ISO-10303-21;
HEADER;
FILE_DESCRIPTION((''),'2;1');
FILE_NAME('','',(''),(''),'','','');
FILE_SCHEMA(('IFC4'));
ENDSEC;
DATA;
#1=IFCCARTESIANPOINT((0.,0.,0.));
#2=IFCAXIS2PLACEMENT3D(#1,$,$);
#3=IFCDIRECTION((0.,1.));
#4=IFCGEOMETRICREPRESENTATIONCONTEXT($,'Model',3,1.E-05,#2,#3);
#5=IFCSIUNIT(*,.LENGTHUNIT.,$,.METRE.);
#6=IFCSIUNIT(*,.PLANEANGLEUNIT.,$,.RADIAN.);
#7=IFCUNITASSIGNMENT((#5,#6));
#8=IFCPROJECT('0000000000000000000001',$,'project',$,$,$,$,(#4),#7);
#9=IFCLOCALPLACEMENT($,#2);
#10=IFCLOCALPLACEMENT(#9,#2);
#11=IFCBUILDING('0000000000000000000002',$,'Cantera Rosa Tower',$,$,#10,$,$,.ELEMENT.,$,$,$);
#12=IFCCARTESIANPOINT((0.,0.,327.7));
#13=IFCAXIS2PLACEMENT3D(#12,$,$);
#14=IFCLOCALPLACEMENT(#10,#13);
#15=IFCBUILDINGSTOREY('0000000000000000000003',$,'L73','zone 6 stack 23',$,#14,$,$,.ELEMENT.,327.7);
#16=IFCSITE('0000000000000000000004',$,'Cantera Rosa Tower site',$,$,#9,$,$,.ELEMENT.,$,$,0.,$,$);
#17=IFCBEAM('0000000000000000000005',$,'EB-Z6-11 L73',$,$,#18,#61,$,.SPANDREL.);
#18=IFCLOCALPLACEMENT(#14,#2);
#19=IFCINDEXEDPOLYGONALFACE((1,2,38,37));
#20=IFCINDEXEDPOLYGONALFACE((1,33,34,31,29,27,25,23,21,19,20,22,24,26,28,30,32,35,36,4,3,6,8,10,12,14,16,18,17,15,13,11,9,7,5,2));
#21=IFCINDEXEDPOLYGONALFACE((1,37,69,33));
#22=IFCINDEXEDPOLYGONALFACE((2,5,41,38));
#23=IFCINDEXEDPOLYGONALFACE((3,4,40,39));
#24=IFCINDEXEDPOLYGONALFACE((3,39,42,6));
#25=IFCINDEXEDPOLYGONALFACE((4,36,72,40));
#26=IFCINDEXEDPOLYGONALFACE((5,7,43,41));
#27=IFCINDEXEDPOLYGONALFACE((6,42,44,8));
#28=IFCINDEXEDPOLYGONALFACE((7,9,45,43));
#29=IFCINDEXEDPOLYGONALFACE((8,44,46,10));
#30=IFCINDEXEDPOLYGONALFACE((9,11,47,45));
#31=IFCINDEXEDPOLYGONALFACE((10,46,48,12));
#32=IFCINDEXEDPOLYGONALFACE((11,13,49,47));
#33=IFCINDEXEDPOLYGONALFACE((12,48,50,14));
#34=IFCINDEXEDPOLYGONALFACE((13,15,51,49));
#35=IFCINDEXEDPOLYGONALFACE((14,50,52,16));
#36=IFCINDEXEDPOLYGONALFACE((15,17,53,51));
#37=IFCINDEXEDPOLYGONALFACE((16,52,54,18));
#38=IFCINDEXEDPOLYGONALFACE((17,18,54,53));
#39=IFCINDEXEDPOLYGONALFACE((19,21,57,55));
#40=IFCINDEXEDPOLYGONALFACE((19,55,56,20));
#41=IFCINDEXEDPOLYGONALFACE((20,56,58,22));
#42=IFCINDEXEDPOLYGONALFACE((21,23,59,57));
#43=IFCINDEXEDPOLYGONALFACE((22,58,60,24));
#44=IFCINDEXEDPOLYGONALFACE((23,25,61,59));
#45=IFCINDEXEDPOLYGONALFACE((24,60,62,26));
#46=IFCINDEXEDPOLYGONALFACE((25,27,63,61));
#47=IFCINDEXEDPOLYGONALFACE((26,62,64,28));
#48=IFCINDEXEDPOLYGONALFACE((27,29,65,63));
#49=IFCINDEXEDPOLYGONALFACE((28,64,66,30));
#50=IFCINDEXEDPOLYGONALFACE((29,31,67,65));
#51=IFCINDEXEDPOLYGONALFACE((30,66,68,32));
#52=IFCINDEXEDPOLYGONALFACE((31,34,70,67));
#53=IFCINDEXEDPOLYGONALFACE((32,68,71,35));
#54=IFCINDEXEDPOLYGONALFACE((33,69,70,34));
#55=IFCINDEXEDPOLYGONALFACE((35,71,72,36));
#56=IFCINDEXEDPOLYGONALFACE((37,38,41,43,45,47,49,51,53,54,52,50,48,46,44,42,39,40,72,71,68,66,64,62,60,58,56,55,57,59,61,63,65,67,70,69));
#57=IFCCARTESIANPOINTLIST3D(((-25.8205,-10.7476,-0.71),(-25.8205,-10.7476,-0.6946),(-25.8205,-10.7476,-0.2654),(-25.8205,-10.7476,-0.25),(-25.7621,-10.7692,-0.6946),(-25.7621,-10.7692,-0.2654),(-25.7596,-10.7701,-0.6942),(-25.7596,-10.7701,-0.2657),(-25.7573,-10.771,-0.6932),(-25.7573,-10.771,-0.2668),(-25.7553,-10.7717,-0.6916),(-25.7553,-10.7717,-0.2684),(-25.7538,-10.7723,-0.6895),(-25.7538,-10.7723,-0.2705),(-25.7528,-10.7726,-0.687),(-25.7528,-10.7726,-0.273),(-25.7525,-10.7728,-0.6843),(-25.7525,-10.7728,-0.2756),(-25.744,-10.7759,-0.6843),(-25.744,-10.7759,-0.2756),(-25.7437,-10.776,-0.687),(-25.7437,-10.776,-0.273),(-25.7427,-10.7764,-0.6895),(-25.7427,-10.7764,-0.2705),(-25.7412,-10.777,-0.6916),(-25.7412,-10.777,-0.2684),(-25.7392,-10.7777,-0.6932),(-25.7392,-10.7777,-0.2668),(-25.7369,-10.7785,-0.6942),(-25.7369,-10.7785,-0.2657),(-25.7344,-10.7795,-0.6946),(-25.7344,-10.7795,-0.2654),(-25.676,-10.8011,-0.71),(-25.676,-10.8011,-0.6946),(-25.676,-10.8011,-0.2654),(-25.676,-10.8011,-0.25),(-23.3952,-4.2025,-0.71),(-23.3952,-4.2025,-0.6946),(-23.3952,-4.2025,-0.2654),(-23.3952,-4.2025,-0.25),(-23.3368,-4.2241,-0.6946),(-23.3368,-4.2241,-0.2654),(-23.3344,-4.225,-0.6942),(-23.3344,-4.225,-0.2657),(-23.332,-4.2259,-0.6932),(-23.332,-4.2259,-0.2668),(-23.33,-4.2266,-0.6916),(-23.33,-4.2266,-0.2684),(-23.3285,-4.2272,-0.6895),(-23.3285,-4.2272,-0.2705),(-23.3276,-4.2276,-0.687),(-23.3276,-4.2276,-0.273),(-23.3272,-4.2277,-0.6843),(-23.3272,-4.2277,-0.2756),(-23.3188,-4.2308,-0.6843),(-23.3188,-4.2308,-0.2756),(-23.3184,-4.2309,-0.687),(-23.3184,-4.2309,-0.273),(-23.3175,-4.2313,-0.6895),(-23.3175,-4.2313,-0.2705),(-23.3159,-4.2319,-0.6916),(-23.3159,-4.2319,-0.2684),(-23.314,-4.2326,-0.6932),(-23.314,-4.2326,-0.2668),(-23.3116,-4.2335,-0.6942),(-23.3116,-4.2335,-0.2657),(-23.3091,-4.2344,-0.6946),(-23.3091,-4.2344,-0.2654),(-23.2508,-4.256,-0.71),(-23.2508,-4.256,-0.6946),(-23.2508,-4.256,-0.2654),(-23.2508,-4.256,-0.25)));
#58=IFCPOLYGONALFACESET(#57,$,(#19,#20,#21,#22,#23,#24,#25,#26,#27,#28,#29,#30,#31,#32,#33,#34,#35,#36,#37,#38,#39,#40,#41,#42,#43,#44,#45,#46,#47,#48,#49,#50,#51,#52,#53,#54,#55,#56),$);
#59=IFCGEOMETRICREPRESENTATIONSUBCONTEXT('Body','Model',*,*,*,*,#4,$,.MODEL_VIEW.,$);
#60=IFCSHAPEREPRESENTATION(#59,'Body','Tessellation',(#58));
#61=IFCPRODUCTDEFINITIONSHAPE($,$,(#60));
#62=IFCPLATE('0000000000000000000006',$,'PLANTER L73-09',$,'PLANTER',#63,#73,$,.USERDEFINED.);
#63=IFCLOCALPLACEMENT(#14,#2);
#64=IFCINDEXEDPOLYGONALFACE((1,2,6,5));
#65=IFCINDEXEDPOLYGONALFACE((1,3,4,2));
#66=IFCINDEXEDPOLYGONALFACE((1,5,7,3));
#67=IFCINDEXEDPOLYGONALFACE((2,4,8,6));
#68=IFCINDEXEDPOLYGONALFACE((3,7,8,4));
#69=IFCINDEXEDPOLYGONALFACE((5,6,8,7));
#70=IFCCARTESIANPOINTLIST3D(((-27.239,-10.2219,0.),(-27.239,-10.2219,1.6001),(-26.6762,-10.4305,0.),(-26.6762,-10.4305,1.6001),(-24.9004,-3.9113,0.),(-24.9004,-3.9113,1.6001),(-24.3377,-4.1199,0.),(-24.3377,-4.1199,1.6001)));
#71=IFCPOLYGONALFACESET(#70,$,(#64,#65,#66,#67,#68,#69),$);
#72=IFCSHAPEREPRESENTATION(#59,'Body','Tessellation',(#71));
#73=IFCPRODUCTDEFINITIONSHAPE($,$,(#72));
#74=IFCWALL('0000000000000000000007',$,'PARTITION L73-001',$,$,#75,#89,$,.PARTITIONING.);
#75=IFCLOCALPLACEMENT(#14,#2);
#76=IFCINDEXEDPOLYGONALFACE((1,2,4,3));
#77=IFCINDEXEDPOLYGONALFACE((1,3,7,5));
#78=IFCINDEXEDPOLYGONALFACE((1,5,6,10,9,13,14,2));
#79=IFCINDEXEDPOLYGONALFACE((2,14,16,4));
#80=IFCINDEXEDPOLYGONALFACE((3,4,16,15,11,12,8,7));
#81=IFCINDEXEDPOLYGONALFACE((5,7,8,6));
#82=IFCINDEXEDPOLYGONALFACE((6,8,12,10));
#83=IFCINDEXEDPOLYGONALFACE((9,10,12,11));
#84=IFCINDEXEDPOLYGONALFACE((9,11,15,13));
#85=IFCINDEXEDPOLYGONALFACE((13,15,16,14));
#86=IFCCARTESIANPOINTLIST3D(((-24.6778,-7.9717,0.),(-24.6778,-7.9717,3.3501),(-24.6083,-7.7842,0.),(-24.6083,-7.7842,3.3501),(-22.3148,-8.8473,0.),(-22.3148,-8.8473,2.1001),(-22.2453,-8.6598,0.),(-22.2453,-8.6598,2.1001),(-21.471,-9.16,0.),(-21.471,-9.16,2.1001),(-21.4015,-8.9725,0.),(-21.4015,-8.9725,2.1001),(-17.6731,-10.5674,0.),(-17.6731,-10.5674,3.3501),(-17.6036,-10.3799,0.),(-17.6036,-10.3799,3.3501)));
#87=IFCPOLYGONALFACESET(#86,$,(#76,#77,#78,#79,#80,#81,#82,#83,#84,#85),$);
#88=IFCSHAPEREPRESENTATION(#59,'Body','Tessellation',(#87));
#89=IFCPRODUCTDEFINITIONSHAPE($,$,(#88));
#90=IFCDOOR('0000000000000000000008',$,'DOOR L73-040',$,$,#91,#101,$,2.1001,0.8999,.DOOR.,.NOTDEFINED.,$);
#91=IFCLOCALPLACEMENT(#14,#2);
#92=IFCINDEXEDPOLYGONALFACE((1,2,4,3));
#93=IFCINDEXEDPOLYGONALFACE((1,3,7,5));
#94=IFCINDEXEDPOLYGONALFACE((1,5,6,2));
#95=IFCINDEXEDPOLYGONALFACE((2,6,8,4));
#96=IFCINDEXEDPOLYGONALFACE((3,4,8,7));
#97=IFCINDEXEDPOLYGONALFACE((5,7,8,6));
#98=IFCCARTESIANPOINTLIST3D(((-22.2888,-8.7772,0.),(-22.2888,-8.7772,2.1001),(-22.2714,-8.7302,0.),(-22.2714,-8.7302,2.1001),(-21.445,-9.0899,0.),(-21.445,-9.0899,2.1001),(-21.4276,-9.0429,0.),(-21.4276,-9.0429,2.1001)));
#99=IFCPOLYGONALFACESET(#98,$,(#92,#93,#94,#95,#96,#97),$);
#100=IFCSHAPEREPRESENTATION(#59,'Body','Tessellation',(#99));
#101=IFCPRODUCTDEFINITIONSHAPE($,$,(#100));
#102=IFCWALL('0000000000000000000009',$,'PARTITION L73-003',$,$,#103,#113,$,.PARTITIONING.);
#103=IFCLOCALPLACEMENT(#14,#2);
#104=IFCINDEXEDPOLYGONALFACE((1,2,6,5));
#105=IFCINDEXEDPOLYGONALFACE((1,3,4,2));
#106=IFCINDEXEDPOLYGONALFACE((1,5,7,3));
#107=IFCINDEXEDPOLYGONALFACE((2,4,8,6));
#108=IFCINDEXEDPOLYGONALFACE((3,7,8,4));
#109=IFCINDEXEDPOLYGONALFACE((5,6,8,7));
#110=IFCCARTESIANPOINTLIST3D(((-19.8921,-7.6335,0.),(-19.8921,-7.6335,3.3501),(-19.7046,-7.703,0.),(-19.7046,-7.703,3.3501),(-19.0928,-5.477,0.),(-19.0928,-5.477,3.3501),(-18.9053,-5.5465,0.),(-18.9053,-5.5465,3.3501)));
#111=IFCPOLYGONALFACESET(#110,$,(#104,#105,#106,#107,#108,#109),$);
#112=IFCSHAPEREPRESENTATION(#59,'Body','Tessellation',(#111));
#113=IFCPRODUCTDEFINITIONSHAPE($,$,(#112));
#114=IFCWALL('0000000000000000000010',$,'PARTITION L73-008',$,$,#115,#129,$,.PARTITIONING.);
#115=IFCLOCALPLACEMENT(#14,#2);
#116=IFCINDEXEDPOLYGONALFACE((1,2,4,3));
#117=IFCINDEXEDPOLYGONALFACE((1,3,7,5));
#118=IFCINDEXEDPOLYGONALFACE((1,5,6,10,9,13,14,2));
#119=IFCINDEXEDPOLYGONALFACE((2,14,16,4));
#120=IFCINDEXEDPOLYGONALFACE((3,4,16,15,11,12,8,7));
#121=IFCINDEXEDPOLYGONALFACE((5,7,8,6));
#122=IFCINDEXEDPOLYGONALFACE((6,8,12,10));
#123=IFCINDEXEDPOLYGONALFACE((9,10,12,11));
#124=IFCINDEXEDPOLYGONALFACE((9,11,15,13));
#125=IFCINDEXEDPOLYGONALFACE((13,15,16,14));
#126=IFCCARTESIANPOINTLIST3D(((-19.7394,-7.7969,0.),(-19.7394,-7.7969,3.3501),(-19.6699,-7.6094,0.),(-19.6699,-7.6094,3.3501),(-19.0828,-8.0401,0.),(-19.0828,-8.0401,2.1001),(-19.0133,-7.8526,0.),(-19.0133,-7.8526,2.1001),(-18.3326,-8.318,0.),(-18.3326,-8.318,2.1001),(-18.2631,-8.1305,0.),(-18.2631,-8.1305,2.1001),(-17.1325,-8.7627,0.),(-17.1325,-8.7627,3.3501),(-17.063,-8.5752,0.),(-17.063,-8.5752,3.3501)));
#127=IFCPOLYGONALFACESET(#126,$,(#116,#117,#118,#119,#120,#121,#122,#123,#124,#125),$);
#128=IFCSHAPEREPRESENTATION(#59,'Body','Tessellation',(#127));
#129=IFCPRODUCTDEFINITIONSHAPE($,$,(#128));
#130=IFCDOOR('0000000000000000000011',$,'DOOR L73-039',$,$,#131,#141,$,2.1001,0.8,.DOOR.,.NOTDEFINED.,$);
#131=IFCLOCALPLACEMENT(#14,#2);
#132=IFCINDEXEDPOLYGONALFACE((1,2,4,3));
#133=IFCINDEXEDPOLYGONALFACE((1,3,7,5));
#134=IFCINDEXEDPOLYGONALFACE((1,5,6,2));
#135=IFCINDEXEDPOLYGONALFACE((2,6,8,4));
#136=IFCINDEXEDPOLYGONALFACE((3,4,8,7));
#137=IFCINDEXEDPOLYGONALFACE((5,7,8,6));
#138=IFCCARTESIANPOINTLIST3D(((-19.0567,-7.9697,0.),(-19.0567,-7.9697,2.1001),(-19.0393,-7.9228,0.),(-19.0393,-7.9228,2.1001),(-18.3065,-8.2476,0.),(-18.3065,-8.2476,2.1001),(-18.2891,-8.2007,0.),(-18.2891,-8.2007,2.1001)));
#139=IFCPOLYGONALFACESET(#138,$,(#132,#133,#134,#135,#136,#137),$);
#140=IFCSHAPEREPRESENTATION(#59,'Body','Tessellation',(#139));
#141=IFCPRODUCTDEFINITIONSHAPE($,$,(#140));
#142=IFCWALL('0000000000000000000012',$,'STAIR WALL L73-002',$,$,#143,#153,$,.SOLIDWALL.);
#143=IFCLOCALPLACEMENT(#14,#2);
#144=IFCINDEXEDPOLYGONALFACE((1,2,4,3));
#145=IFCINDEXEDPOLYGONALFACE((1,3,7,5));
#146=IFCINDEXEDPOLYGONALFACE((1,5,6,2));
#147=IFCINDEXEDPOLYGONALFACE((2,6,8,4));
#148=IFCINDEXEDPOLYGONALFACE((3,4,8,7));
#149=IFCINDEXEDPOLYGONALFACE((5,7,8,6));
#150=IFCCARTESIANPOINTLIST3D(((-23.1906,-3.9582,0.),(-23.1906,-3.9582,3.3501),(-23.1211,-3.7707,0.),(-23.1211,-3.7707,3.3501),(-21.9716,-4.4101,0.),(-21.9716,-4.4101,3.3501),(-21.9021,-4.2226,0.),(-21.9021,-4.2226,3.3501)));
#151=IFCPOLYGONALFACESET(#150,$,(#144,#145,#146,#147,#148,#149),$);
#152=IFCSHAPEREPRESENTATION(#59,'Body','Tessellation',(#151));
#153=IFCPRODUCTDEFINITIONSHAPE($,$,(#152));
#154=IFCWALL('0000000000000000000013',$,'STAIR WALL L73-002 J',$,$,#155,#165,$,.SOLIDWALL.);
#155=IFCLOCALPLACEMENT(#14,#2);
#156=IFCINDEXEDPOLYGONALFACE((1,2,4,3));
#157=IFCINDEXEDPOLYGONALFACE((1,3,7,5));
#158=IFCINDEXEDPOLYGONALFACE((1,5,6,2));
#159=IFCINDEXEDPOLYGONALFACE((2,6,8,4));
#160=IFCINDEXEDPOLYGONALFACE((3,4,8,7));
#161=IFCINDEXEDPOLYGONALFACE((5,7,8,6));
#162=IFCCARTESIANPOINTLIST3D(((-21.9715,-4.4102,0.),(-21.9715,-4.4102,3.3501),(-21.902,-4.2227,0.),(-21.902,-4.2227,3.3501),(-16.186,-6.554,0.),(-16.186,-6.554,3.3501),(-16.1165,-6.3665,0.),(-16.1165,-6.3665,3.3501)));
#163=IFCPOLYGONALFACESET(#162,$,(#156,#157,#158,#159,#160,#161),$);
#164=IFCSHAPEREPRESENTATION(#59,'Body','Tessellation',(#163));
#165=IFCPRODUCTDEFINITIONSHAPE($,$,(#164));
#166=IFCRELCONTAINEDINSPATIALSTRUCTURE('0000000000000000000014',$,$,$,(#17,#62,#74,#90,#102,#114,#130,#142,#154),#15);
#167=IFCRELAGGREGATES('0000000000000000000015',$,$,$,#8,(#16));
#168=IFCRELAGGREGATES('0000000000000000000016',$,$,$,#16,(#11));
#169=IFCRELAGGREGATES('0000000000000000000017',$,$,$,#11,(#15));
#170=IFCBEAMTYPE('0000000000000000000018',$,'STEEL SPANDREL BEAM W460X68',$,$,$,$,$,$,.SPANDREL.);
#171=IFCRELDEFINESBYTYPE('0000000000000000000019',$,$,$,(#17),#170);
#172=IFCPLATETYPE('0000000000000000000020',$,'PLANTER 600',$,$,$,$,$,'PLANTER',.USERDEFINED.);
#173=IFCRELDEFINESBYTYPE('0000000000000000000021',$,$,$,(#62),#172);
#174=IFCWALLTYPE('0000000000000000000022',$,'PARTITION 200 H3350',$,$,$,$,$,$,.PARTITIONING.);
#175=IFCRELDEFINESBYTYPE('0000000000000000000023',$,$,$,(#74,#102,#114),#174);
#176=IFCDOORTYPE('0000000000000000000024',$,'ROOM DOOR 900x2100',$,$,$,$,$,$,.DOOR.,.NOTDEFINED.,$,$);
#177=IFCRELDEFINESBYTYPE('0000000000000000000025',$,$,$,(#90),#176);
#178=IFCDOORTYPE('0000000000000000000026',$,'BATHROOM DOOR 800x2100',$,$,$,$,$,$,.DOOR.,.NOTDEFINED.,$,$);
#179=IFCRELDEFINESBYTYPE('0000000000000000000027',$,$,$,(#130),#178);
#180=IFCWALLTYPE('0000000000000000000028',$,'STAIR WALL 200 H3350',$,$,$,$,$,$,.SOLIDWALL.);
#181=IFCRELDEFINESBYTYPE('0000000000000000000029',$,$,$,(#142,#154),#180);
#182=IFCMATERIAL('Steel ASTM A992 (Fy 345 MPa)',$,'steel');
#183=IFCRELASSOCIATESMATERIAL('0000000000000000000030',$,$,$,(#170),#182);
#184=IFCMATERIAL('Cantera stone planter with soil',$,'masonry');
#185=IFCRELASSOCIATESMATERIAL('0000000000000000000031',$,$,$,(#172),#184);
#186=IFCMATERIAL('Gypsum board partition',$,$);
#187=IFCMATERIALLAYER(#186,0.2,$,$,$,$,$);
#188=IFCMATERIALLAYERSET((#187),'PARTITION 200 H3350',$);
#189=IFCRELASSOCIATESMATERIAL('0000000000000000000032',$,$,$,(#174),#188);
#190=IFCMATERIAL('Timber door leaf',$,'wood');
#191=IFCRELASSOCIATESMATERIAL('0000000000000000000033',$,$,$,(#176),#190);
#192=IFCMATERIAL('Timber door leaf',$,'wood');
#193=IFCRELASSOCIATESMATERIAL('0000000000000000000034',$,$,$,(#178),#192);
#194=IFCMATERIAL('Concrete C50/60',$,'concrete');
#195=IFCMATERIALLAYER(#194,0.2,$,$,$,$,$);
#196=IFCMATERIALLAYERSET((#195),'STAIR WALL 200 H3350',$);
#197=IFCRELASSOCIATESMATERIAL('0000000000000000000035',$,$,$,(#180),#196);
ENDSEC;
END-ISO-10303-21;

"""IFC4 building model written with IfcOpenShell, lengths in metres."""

from ifc_helpers import new_model, si_unit, direction, frame, frame_2d, origin, origin_2d, place, context, subcontext, project, spatial, rectangle, i_section, extrude, material, layer, layer_set, material_profile, profile_set, type_object, element, fill, save


model = new_model("IFC4")

# Units and contexts
model_context = context("Model", 3, precision=1e-05, world=origin(), true_north=direction((0.0, 1.0)))
body_context = subcontext(model_context, "Body", "Model", "MODEL_VIEW")
ifc_project = project(units=[si_unit("LENGTHUNIT", "METRE"), si_unit("PLANEANGLEUNIT", "RADIAN")], contexts=[model_context])

# Site, building, storey
site_placement = place(None, origin())
site = spatial("IfcSite", under=ifc_project, at=site_placement, Name="Cantera Rosa Tower site", CompositionType="ELEMENT", RefElevation=0.0)
building_placement = place(site_placement, origin())
building = spatial("IfcBuilding", under=site, at=building_placement, Name="Cantera Rosa Tower", CompositionType="ELEMENT")
storey_placement = place(building_placement, frame((0.0, 0.0, 327.7)))
storey = spatial("IfcBuildingStorey", under=building, at=storey_placement, Name="L73", Description="zone 6 stack 23", CompositionType="ELEMENT", Elevation=327.7)

# Beam
ifc_material_1 = material(Name="Steel ASTM A992 (Fy 345 MPa)", Category="steel")
ifc_material_profile_1 = material_profile(ifc_material_1, i_section(OverallWidth=0.1541, OverallDepth=0.46, WebThickness=0.009, FlangeThickness=0.0154, FilletRadius=0.0103, at=origin_2d()), Name="W460X68")
ifc_profile_set_1 = profile_set([ifc_material_profile_1], Name="Steel ASTM A992 (Fy 345 MPa)")
beam_type_1 = type_object("IfcBeamType", Name="STEEL SPANDREL BEAM W460X68", PredefinedType="SPANDREL", material=ifc_profile_set_1)
beam_1_placement = place(storey_placement, frame((-23.323, -4.2292, -0.48), z_axis=(-0.34746, -0.937695, 0.0), x_axis=(0.937695, -0.34746, 0.0)))
element("IfcBeam", 1, at=beam_1_placement, inside=storey, type_object=beam_type_1, Name="EB-Z6-11 L73", PredefinedType="SPANDREL", context=body_context, shape_type="SweptSolid", body=[
    extrude(i_section(OverallWidth=0.1541, OverallDepth=0.46, WebThickness=0.009, FlangeThickness=0.0154, FilletRadius=0.0103, at=origin_2d()), origin(), (0.0, 0.0, 1.0), 6.98),
])

# Plate
ifc_material_2 = material(Name="Cantera stone planter with soil", Category="masonry")
plate_type = type_object("IfcPlateType", Name="PLANTER 600", ElementType="PLANTER", PredefinedType="USERDEFINED", material=ifc_material_2)
plate_placement = place(storey_placement, frame((-25.7883, -7.1709, 0.0), z_axis=(0.0, 0.0, 1.0), x_axis=(-0.347481, -0.937687, 0.0)))
element("IfcPlate", 2, at=plate_placement, inside=storey, type_object=plate_type, Name="PLANTER L73-09", ObjectType="PLANTER", PredefinedType="USERDEFINED", context=body_context, shape_type="SweptSolid", body=[
    extrude(rectangle(XDim=6.73, YDim=0.6001, at=origin_2d()), origin(), (0.0, 0.0, 1.0), 1.6001),
])

# Wall, opening, door
ifc_material_3 = material(Name="Gypsum board partition")
ifc_layer_1 = layer(ifc_material_3, 0.2)
ifc_layer_set_1 = layer_set([ifc_layer_1], Name="PARTITION 200 H3350")
wall_type_1 = type_object("IfcWallType", Name="PARTITION 200 H3350", PredefinedType="PARTITIONING", material=ifc_layer_set_1)
wall_1_placement = place(storey_placement, frame((-24.6431, -7.8779, 0.0), z_axis=(0.0, 0.0, 1.0), x_axis=(0.937688, -0.347478, 0.0)))
wall_1 = element("IfcWall", 3, at=wall_1_placement, inside=storey, type_object=wall_type_1, Name="PARTITION L73-001", PredefinedType="PARTITIONING", context=body_context, shape_type="SweptSolid", body=[
    extrude(rectangle(XDim=7.4702, YDim=0.2, at=frame_2d((3.7351, 0.0))), origin(), (0.0, 0.0, 1.0), 3.3501),
])
opening_1_placement = place(wall_1_placement, frame((2.52, 0.0, 0.0)))
opening_1 = element("IfcOpeningElement", 4, at=opening_1_placement, cuts=wall_1, PredefinedType="OPENING", context=body_context, shape_type="SweptSolid", body=[
    extrude(rectangle(XDim=0.8999, YDim=2.1001, at=frame_2d((0.45, 1.05))), frame((0.0, 0.1099, 0.0), z_axis=(0.0, -1.0, 0.0), x_axis=(1.0, 0.0, 0.0)), (0.0, 0.0, 1.0), 0.22),
])
ifc_material_4 = material(Name="Timber door leaf", Category="wood")
door_type_1 = type_object("IfcDoorType", Name="ROOM DOOR 900x2100", OperationType="NOTDEFINED", PredefinedType="DOOR", material=ifc_material_4)
door_1_placement = place(opening_1_placement, origin())
door_1 = element("IfcDoor", 5, at=door_1_placement, inside=storey, type_object=door_type_1, Name="DOOR L73-040", OperationType="NOTDEFINED", OverallHeight=2.1001, OverallWidth=0.8999, PredefinedType="DOOR", context=body_context, shape_type="SweptSolid", body=[
    extrude(rectangle(XDim=0.8999, YDim=2.1001, at=frame_2d((0.45, 1.05))), frame((0.0, 0.0249, 0.0), z_axis=(0.0, -1.0, 0.0), x_axis=(1.0, 0.0, 0.0)), (0.0, 0.0, 1.0), 0.05),
])
fill(opening_1, door_1)

# Wall
wall_2_placement = place(storey_placement, frame((-19.7983, -7.6682, 0.0), z_axis=(0.0, 0.0, 1.0), x_axis=(0.347549, 0.937662, 0.0)))
element("IfcWall", 6, at=wall_2_placement, inside=storey, type_object=wall_type_1, Name="PARTITION L73-003", PredefinedType="PARTITIONING", context=body_context, shape_type="SweptSolid", body=[
    extrude(rectangle(XDim=2.2998, YDim=0.2, at=frame_2d((1.1499, 0.0))), origin(), (0.0, 0.0, 1.0), 3.3501),
])

# Wall, opening, door
wall_3_placement = place(storey_placement, frame((-17.0977, -8.6689, 0.0), z_axis=(0.0, 0.0, 1.0), x_axis=(-0.937715, 0.347406, 0.0)))
wall_3 = element("IfcWall", 7, at=wall_3_placement, inside=storey, type_object=wall_type_1, Name="PARTITION L73-008", PredefinedType="PARTITIONING", context=body_context, shape_type="SweptSolid", body=[
    extrude(rectangle(XDim=2.78, YDim=0.2, at=frame_2d((1.3901, 0.0))), origin(), (0.0, 0.0, 1.0), 3.3501),
])
opening_2_placement = place(wall_3_placement, frame((1.28, 0.0, 0.0)))
opening_2 = element("IfcOpeningElement", 8, at=opening_2_placement, cuts=wall_3, PredefinedType="OPENING", context=body_context, shape_type="SweptSolid", body=[
    extrude(rectangle(XDim=0.8, YDim=2.1001, at=frame_2d((0.3999, 1.05))), frame((0.0, 0.1099, 0.0), z_axis=(0.0, -1.0, 0.0), x_axis=(1.0, 0.0, 0.0)), (0.0, 0.0, 1.0), 0.22),
])
ifc_material_5 = material(Name="Timber door leaf", Category="wood")
door_type_2 = type_object("IfcDoorType", Name="BATHROOM DOOR 800x2100", OperationType="NOTDEFINED", PredefinedType="DOOR", material=ifc_material_5)
door_2_placement = place(opening_2_placement, origin())
door_2 = element("IfcDoor", 9, at=door_2_placement, inside=storey, type_object=door_type_2, Name="DOOR L73-039", OperationType="NOTDEFINED", OverallHeight=2.1001, OverallWidth=0.8, PredefinedType="DOOR", context=body_context, shape_type="SweptSolid", body=[
    extrude(rectangle(XDim=0.8, YDim=2.1001, at=frame_2d((0.3999, 1.05))), frame((0.0, 0.0249, 0.0), z_axis=(0.0, -1.0, 0.0), x_axis=(1.0, 0.0, 0.0)), (0.0, 0.0, 1.0), 0.05),
])
fill(opening_2, door_2)

# Walls
ifc_material_6 = material(Name="Concrete C50/60", Category="concrete")
ifc_layer_2 = layer(ifc_material_6, 0.2)
ifc_layer_set_2 = layer_set([ifc_layer_2], Name="STAIR WALL 200 H3350")
wall_type_2 = type_object("IfcWallType", Name="STAIR WALL 200 H3350", PredefinedType="SOLIDWALL", material=ifc_layer_set_2)
wall_4_placement = place(storey_placement, frame((-23.1558, -3.8645, 0.0), z_axis=(0.0, 0.0, 1.0), x_axis=(0.937642, -0.347602, 0.0)))
element("IfcWall", 10, at=wall_4_placement, inside=storey, type_object=wall_type_2, Name="STAIR WALL L73-002", PredefinedType="SOLIDWALL", context=body_context, shape_type="SweptSolid", body=[
    extrude(rectangle(XDim=1.3, YDim=0.2, at=frame_2d((0.6499, 0.0))), origin(), (0.0, 0.0, 1.0), 3.3501),
])
wall_5_placement = place(storey_placement, frame((-21.9368, -4.3164, 0.0), z_axis=(0.0, 0.0, 1.0), x_axis=(0.937693, -0.347465, 0.0)))
element("IfcWall", 11, at=wall_5_placement, inside=storey, type_object=wall_type_2, Name="STAIR WALL L73-002 J", PredefinedType="SOLIDWALL", context=body_context, shape_type="SweptSolid", body=[
    extrude(rectangle(XDim=6.1699, YDim=0.2, at=frame_2d((3.085, 0.0))), origin(), (0.0, 0.0, 1.0), 3.3501),
])

save(model, "model.ifc")
